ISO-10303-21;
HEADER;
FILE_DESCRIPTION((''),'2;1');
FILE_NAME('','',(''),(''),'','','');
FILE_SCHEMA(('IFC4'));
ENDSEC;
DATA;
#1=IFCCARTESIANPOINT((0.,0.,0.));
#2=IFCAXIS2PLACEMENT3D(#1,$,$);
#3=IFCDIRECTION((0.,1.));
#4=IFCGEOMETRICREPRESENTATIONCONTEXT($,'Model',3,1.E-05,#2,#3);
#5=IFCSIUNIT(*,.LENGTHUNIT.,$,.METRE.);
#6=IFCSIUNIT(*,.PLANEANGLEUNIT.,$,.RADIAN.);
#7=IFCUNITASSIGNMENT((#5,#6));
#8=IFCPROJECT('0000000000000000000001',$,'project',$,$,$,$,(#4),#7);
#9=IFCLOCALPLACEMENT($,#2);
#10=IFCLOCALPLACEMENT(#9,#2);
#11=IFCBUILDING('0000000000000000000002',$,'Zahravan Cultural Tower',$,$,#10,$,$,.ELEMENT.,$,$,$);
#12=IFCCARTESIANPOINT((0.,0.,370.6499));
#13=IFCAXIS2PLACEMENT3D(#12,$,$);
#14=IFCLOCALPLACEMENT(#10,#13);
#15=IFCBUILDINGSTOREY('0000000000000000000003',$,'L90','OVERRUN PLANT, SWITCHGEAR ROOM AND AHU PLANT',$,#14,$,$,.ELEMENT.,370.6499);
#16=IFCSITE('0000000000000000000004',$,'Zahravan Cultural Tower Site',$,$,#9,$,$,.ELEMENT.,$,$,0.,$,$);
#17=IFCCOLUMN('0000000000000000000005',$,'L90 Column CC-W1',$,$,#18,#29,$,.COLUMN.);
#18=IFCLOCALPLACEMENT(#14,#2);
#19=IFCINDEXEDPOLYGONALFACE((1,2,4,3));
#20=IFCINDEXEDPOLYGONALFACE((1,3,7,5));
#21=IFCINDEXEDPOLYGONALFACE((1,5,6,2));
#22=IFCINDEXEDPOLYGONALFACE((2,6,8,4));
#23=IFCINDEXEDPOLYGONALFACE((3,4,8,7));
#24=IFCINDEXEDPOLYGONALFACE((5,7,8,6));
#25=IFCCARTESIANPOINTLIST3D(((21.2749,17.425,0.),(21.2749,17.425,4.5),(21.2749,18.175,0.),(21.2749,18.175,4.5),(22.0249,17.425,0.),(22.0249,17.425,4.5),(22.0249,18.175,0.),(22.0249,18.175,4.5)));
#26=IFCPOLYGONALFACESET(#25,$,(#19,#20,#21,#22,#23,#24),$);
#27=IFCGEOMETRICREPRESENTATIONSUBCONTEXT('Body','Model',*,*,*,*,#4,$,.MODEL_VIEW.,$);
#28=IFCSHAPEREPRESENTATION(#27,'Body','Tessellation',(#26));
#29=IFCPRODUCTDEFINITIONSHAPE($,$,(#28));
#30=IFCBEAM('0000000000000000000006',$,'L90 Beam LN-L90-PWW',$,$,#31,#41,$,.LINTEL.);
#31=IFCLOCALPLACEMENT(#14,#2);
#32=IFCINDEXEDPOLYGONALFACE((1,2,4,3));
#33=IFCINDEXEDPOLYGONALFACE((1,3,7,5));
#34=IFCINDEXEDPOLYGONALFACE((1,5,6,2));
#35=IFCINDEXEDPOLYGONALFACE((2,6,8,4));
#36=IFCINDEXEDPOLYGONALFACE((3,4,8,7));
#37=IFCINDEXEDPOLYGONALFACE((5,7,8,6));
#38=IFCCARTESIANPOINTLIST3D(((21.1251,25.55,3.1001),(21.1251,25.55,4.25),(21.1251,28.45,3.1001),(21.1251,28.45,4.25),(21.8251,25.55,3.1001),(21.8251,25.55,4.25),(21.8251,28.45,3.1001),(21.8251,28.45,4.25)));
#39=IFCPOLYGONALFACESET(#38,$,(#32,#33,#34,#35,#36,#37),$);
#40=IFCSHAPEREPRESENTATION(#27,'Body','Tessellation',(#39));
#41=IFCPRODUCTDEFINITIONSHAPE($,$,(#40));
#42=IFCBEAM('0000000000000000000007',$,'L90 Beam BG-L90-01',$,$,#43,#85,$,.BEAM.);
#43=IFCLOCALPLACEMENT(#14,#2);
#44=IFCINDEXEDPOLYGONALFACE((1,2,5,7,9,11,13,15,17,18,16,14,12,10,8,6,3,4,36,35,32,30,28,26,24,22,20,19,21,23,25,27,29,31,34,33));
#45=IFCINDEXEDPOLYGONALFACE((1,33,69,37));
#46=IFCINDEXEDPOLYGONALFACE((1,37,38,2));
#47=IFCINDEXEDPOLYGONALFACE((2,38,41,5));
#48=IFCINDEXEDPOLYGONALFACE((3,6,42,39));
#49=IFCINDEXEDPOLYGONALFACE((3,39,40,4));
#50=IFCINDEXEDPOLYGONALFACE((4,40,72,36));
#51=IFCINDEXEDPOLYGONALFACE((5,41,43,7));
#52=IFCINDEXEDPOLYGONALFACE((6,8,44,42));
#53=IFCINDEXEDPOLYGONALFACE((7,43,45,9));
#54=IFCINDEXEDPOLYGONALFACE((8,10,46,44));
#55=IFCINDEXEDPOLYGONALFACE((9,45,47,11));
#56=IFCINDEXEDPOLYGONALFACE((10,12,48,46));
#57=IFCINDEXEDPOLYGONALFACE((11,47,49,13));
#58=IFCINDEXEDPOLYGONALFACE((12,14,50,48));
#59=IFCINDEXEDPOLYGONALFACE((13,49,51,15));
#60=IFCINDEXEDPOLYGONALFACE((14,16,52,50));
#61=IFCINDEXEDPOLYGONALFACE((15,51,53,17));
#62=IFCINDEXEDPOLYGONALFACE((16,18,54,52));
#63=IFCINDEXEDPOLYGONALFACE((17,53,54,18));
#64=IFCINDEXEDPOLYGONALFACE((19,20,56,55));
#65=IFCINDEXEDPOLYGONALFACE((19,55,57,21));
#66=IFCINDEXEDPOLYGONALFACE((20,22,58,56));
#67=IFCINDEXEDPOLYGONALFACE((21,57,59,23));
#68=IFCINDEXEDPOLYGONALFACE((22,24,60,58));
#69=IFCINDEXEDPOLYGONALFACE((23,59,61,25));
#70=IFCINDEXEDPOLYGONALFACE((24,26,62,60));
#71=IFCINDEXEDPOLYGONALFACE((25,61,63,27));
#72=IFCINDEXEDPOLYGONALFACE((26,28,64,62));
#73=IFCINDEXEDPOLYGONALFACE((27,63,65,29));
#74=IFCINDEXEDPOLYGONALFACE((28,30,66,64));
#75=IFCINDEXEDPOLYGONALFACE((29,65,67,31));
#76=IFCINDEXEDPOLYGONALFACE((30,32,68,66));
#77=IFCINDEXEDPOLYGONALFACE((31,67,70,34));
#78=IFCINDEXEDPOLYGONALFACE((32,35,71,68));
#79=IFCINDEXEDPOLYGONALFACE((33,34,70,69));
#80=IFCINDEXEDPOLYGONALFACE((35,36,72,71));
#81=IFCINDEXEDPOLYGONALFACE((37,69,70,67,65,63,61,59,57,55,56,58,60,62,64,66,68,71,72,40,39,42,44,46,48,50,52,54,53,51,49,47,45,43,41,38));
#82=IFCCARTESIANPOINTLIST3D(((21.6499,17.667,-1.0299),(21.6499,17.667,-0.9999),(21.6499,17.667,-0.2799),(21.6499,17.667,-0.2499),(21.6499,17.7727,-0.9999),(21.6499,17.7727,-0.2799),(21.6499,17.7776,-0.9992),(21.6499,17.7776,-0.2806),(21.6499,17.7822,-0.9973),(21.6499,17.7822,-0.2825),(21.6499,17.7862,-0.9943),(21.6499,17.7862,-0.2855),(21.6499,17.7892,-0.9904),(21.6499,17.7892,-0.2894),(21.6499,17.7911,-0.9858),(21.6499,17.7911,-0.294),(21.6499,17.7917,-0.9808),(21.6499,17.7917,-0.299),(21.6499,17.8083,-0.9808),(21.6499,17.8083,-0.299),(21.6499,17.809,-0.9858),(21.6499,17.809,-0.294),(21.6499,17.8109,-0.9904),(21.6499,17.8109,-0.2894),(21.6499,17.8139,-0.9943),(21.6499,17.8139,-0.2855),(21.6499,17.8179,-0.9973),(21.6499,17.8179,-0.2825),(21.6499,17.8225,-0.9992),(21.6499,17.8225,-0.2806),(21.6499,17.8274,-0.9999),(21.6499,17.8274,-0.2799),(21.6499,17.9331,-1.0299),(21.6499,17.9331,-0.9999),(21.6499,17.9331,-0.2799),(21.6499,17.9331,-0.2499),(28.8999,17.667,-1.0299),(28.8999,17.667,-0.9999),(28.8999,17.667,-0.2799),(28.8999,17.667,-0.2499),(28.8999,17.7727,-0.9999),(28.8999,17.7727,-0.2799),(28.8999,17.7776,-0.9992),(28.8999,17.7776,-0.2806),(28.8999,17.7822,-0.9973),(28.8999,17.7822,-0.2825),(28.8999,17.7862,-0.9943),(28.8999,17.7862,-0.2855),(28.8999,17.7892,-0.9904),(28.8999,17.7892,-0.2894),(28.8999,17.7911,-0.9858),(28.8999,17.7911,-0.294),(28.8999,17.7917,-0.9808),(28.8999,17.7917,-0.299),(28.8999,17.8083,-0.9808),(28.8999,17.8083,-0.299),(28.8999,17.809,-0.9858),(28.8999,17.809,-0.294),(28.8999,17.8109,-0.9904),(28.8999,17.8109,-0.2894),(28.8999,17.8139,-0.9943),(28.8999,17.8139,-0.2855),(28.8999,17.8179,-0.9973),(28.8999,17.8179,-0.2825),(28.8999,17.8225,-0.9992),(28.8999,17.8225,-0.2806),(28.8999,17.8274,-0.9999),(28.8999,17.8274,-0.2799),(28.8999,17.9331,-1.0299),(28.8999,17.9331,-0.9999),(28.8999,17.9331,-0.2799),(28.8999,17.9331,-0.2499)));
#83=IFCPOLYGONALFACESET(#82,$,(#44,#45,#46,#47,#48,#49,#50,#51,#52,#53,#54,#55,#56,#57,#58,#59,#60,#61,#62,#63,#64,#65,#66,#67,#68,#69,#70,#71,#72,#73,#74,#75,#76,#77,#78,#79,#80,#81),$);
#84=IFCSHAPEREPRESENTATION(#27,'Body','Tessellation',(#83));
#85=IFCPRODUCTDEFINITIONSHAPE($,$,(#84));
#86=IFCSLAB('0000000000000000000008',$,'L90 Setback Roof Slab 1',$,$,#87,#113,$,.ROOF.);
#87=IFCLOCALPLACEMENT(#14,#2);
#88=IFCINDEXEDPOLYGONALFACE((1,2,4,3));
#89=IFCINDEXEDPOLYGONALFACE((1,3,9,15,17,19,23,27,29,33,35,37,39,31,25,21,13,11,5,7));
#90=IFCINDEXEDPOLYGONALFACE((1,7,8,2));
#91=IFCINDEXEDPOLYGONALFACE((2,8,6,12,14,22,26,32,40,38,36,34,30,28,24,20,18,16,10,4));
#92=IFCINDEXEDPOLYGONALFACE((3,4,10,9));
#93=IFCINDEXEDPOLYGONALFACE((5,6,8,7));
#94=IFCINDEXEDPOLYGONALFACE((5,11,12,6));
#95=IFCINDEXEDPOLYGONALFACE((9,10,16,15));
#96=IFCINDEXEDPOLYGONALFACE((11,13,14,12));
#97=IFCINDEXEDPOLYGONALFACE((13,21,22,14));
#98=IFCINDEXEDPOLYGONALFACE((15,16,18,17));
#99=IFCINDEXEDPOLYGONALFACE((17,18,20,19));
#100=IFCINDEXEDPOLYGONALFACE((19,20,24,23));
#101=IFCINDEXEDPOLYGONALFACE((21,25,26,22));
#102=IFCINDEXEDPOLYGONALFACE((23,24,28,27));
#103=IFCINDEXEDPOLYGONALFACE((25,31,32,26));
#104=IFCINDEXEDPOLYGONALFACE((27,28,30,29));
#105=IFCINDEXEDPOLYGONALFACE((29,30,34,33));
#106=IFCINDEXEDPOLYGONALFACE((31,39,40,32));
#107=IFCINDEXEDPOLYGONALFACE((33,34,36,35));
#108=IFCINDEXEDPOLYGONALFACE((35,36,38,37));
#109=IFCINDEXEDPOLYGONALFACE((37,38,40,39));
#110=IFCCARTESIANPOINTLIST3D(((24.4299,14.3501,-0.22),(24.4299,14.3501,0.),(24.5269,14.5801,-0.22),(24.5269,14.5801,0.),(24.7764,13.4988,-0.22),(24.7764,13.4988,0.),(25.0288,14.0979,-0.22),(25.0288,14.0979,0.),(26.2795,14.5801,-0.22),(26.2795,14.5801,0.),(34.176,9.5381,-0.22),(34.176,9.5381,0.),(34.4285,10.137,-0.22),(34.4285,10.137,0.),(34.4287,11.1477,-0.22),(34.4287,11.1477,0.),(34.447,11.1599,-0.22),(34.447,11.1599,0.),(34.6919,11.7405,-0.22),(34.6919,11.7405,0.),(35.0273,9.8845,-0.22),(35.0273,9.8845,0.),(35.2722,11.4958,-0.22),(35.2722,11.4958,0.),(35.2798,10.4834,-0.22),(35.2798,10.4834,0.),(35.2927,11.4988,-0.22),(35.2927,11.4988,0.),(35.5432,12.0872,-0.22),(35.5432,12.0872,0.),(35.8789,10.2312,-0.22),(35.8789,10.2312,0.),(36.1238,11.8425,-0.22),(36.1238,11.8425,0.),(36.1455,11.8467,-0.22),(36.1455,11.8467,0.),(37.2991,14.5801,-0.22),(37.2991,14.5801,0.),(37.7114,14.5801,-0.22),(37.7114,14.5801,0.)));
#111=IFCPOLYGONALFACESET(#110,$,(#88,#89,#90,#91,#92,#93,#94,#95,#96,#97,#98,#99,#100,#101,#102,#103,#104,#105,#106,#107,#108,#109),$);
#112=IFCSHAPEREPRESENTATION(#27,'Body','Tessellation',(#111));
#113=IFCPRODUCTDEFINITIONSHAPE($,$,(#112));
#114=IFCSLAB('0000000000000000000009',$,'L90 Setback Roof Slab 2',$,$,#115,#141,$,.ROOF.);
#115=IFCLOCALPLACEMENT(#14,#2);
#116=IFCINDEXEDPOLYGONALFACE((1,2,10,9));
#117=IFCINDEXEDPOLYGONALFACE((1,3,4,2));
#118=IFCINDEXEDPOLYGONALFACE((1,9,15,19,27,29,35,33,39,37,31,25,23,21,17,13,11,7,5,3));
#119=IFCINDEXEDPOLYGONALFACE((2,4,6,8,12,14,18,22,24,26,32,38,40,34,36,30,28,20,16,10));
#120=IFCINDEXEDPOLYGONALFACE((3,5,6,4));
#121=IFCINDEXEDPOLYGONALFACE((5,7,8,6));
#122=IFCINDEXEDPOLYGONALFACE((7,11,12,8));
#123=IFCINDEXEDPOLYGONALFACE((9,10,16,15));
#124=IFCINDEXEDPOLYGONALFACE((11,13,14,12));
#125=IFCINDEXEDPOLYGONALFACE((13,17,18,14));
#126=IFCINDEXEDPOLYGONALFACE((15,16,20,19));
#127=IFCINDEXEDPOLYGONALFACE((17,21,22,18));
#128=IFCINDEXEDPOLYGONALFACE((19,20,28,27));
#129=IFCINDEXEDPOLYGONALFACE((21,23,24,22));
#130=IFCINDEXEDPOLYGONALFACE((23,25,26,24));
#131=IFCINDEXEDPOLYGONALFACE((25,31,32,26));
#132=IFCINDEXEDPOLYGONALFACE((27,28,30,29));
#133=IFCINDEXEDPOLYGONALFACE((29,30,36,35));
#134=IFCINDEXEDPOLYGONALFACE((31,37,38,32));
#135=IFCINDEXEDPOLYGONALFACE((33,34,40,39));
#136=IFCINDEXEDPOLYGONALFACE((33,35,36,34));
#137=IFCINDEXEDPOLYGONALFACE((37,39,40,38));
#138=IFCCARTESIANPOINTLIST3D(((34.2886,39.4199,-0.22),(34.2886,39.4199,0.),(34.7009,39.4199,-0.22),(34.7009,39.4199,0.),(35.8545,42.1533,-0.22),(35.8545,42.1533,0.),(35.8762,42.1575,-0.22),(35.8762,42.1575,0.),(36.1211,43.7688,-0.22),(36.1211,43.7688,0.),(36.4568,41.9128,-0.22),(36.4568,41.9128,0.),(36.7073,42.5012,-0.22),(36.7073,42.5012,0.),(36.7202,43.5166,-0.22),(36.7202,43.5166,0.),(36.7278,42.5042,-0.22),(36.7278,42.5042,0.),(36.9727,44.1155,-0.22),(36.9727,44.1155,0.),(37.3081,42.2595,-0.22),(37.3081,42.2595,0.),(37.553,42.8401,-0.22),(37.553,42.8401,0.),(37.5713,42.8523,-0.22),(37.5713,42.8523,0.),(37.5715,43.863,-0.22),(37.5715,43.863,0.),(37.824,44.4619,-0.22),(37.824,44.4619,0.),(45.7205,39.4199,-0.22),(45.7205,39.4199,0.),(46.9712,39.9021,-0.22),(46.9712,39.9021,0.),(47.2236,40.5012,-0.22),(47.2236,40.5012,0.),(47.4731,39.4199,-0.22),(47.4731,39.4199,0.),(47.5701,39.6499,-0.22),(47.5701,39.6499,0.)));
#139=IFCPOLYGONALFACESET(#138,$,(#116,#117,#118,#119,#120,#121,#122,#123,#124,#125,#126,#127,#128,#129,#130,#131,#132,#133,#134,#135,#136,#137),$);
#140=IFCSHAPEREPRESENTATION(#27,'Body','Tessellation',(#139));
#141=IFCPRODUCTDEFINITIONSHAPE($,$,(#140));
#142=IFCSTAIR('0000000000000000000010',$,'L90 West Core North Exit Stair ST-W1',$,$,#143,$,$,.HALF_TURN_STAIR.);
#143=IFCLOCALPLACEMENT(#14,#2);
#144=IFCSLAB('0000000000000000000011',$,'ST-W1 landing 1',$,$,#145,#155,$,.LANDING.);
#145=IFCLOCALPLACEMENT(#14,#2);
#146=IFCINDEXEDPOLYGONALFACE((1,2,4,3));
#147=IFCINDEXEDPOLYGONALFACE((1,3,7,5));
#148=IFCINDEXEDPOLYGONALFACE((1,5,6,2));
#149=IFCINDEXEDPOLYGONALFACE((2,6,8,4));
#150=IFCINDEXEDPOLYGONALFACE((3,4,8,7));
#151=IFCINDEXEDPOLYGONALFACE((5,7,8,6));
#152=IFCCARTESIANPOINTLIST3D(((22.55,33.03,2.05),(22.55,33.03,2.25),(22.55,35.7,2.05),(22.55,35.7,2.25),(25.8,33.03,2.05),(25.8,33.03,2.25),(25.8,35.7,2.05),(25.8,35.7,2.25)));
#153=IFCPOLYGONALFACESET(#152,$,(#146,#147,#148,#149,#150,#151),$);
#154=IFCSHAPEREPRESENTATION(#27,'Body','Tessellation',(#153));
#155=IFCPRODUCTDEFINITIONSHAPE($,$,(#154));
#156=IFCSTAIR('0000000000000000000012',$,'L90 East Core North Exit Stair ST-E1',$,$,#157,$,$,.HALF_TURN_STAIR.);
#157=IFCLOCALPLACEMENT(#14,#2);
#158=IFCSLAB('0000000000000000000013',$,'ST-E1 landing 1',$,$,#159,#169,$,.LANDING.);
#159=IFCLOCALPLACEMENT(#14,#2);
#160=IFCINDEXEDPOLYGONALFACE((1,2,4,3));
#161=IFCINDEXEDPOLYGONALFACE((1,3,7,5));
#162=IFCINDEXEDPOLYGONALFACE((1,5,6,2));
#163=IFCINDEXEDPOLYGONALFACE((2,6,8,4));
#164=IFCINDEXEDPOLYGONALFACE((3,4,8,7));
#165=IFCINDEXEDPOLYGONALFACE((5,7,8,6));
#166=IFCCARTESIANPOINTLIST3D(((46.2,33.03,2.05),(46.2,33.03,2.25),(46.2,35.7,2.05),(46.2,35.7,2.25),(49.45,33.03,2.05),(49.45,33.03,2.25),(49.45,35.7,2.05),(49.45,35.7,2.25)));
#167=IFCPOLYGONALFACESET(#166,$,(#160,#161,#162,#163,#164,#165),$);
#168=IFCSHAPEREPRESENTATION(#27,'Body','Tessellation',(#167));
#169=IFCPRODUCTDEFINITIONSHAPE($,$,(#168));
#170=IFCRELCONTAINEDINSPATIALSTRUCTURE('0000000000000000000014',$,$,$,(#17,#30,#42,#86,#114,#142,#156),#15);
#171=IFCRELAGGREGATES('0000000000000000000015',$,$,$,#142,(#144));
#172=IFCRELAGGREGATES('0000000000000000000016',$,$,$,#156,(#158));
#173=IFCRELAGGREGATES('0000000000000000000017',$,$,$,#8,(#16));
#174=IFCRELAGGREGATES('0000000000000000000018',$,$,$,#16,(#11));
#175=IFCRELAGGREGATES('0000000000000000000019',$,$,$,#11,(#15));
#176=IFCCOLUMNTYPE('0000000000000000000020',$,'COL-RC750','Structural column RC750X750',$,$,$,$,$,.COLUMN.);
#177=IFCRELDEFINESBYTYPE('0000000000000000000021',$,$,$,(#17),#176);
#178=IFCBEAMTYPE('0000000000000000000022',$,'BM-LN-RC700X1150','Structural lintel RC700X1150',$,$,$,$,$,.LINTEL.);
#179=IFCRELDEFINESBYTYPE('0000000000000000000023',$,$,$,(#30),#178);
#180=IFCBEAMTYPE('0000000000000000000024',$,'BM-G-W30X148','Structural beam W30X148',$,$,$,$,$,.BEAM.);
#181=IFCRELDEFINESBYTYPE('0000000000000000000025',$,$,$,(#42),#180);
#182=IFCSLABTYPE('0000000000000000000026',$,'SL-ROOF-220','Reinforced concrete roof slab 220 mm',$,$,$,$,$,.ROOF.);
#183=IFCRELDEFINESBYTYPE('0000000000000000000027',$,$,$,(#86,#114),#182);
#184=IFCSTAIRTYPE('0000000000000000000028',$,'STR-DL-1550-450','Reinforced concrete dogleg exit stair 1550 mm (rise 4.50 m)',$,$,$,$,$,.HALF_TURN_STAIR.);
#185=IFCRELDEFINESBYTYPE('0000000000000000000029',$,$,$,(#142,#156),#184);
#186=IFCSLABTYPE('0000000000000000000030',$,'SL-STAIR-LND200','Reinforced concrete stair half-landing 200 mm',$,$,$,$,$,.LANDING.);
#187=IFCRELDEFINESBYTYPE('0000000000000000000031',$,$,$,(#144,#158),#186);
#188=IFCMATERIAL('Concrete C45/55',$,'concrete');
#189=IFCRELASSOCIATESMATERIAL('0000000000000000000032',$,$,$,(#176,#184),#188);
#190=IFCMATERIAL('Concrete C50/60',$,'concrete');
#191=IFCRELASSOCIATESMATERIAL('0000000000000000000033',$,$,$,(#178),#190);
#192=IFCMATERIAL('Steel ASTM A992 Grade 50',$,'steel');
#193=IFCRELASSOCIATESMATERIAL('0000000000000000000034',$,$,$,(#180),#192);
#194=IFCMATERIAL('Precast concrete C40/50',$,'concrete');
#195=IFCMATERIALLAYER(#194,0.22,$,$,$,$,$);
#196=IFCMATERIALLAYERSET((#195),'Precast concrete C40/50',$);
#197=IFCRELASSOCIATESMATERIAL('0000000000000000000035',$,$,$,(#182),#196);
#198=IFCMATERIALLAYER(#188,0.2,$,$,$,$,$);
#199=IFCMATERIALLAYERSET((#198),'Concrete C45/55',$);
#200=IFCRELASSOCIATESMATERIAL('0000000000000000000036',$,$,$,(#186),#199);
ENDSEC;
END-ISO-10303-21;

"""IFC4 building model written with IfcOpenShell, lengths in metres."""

from ifc_helpers import new_model, si_unit, direction, frame, origin, origin_2d, place, context, subcontext, project, spatial, polyline, rectangle, i_section, outline, extrude, source, transform, mapped, material, layer, layer_set, material_profile, profile_set, type_object, element, aggregate, save


model = new_model("IFC4")

# Units and contexts
model_context = context("Model", 3, precision=1e-05, world=origin(), true_north=direction((0.0, 1.0)))
body_context = subcontext(model_context, "Body", "Model", "MODEL_VIEW")
ifc_project = project(units=[si_unit("LENGTHUNIT", "METRE"), si_unit("PLANEANGLEUNIT", "RADIAN")], contexts=[model_context])

# Site, building, storey
site_placement = place(None, origin())
site = spatial("IfcSite", under=ifc_project, at=site_placement, Name="Zahravan Cultural Tower Site", CompositionType="ELEMENT", RefElevation=0.0)
building_placement = place(site_placement, origin())
building = spatial("IfcBuilding", under=site, at=building_placement, Name="Zahravan Cultural Tower", CompositionType="ELEMENT")
storey_placement = place(building_placement, frame((0.0, 0.0, 370.6499)))
storey = spatial("IfcBuildingStorey", under=building, at=storey_placement, Name="L90", Description="OVERRUN PLANT, SWITCHGEAR ROOM AND AHU PLANT", CompositionType="ELEMENT", Elevation=370.6499)

# Column
ifc_material_1 = material(Name="Concrete C45/55", Category="concrete")
ifc_material_profile_1 = material_profile(ifc_material_1, rectangle(XDim=0.75, YDim=0.75, at=origin_2d()), Name="RC750X750")
ifc_profile_set_1 = profile_set([ifc_material_profile_1], Name="Concrete C45/55")
column_type = type_object("IfcColumnType", Name="COL-RC750", Description="Structural column RC750X750", PredefinedType="COLUMN", material=ifc_profile_set_1)
shared_shape_1 = source(origin(), body_context, "Body", "SweptSolid", [
    extrude(rectangle(XDim=0.75, YDim=0.75, at=origin_2d()), origin(), (0.0, 0.0, 1.0), 4.5),
])
column_placement = place(storey_placement, frame((21.6499, 17.8, 0.0), z_axis=(0.0, 0.0, 1.0), x_axis=(1.0, 0.0, 0.0)))
element("IfcColumn", 1, at=column_placement, inside=storey, type_object=column_type, Name="L90 Column CC-W1", PredefinedType="COLUMN", context=body_context, shape_type="MappedRepresentation", body=[
    mapped(shared_shape_1, transform((0.0, 0.0, 0.0), x_axis=(1.0, 0.0, 0.0), y_axis=(0.0, 1.0, 0.0), z_axis=(0.0, 0.0, 1.0), scale=1.0)),
])

# Beams
ifc_material_2 = material(Name="Concrete C50/60", Category="concrete")
ifc_material_profile_2 = material_profile(ifc_material_2, rectangle(XDim=0.7, YDim=1.1499, at=origin_2d()), Name="RC700X1150")
ifc_profile_set_2 = profile_set([ifc_material_profile_2], Name="Concrete C50/60")
beam_type_1 = type_object("IfcBeamType", Name="BM-LN-RC700X1150", Description="Structural lintel RC700X1150", PredefinedType="LINTEL", material=ifc_profile_set_2)
shared_shape_2 = source(origin(), body_context, "Body", "SweptSolid", [
    extrude(rectangle(XDim=0.7, YDim=1.1499, at=origin_2d()), origin(), (0.0, 0.0, 1.0), 2.8999),
])
beam_1_placement = place(storey_placement, frame((21.4751, 25.55, 3.675), z_axis=(0.0, 1.0, 0.0), x_axis=(-1.0, 0.0, 0.0)))
element("IfcBeam", 2, at=beam_1_placement, inside=storey, type_object=beam_type_1, Name="L90 Beam LN-L90-PWW", PredefinedType="LINTEL", context=body_context, shape_type="MappedRepresentation", body=[
    mapped(shared_shape_2, transform((0.0, 0.0, 0.0), x_axis=(1.0, 0.0, 0.0), y_axis=(0.0, 1.0, 0.0), z_axis=(0.0, 0.0, 1.0), scale=1.0)),
])
ifc_material_3 = material(Name="Steel ASTM A992 Grade 50", Category="steel")
ifc_material_profile_3 = material_profile(ifc_material_3, i_section(OverallWidth=0.2661, OverallDepth=0.78, WebThickness=0.0166, FlangeThickness=0.03, FilletRadius=0.019, at=origin_2d()), Name="W30X148")
ifc_profile_set_3 = profile_set([ifc_material_profile_3], Name="Steel ASTM A992 Grade 50")
beam_type_2 = type_object("IfcBeamType", Name="BM-G-W30X148", Description="Structural beam W30X148", PredefinedType="BEAM", material=ifc_profile_set_3)
shared_shape_3 = source(origin(), body_context, "Body", "SweptSolid", [
    extrude(i_section(OverallWidth=0.2661, OverallDepth=0.78, WebThickness=0.0166, FlangeThickness=0.03, FilletRadius=0.019, at=origin_2d()), origin(), (0.0, 0.0, 1.0), 7.25),
])
beam_2_placement = place(storey_placement, frame((21.6499, 17.8, -0.6399), z_axis=(1.0, 0.0, 0.0), x_axis=(0.0, 1.0, 0.0)))
element("IfcBeam", 3, at=beam_2_placement, inside=storey, type_object=beam_type_2, Name="L90 Beam BG-L90-01", PredefinedType="BEAM", context=body_context, shape_type="MappedRepresentation", body=[
    mapped(shared_shape_3, transform((0.0, 0.0, 0.0), x_axis=(1.0, 0.0, 0.0), y_axis=(0.0, 1.0, 0.0), z_axis=(0.0, 0.0, 1.0), scale=1.0)),
])

# Slabs
ifc_material_4 = material(Name="Precast concrete C40/50", Category="concrete")
ifc_layer_1 = layer(ifc_material_4, 0.22)
ifc_layer_set_1 = layer_set([ifc_layer_1], Name="Precast concrete C40/50")
slab_type_1 = type_object("IfcSlabType", Name="SL-ROOF-220", Description="Reinforced concrete roof slab 220 mm", PredefinedType="ROOF", material=ifc_layer_set_1)
slab_1_placement = place(storey_placement, frame((0.0, 0.0, -0.22)))
element("IfcSlab", 4, at=slab_1_placement, inside=storey, type_object=slab_type_1, Name="L90 Setback Roof Slab 1", PredefinedType="ROOF", context=body_context, shape_type="SweptSolid", body=[
    extrude(outline(polyline([(35.2798, 10.4834), (35.8789, 10.2312), (37.7114, 14.5801), (37.2991, 14.5801), (36.1455, 11.8467), (36.1238, 11.8425), (35.5432, 12.0872), (35.2927, 11.4988), (35.2722, 11.4958), (34.6919, 11.7405), (34.447, 11.1599), (34.4287, 11.1477), (26.2795, 14.5801), (24.5269, 14.5801), (24.4299, 14.3501), (25.0288, 14.0979), (24.7764, 13.4988), (34.176, 9.5381), (34.4285, 10.137), (35.0273, 9.8845), (35.2798, 10.4834)])), origin(), (0.0, 0.0, 1.0), 0.22),
])
slab_2_placement = place(storey_placement, frame((0.0, 0.0, -0.22)))
element("IfcSlab", 5, at=slab_2_placement, inside=storey, type_object=slab_type_1, Name="L90 Setback Roof Slab 2", PredefinedType="ROOF", context=body_context, shape_type="SweptSolid", body=[
    extrude(outline(polyline([(36.7202, 43.5166), (36.1211, 43.7688), (34.2886, 39.4199), (34.7009, 39.4199), (35.8545, 42.1533), (35.8762, 42.1575), (36.4568, 41.9128), (36.7073, 42.5012), (36.7278, 42.5042), (37.3081, 42.2595), (37.553, 42.8401), (37.5713, 42.8523), (45.7205, 39.4199), (47.4731, 39.4199), (47.5701, 39.6499), (46.9712, 39.9021), (47.2236, 40.5012), (37.824, 44.4619), (37.5715, 43.863), (36.9727, 44.1155), (36.7202, 43.5166)])), origin(), (0.0, 0.0, 1.0), 0.22),
])

# Stairs, slabs
stair_type = type_object("IfcStairType", Name="STR-DL-1550-450", Description="Reinforced concrete dogleg exit stair 1550 mm (rise 4.50 m)", PredefinedType="HALF_TURN_STAIR", material=ifc_material_1)
stair_1_placement = place(storey_placement, origin())
stair_1 = element("IfcStair", 6, at=stair_1_placement, inside=storey, type_object=stair_type, Name="L90 West Core North Exit Stair ST-W1", PredefinedType="HALF_TURN_STAIR")
ifc_layer_2 = layer(ifc_material_1, 0.2)
ifc_layer_set_2 = layer_set([ifc_layer_2], Name="Concrete C45/55")
slab_type_2 = type_object("IfcSlabType", Name="SL-STAIR-LND200", Description="Reinforced concrete stair half-landing 200 mm", PredefinedType="LANDING", material=ifc_layer_set_2)
slab_3_placement = place(storey_placement, frame((0.0, 0.0, 2.05)))
slab_3 = element("IfcSlab", 7, at=slab_3_placement, type_object=slab_type_2, Name="ST-W1 landing 1", PredefinedType="LANDING", context=body_context, shape_type="SweptSolid", body=[
    extrude(outline(polyline([(25.8, 33.03), (25.8, 35.7), (22.55, 35.7), (22.55, 33.03), (25.8, 33.03)])), origin(), (0.0, 0.0, 1.0), 0.2),
])
aggregate(stair_1, [slab_3])
stair_2_placement = place(storey_placement, origin())
stair_2 = element("IfcStair", 8, at=stair_2_placement, inside=storey, type_object=stair_type, Name="L90 East Core North Exit Stair ST-E1", PredefinedType="HALF_TURN_STAIR")
slab_4_placement = place(storey_placement, frame((0.0, 0.0, 2.05)))
slab_4 = element("IfcSlab", 9, at=slab_4_placement, type_object=slab_type_2, Name="ST-E1 landing 1", PredefinedType="LANDING", context=body_context, shape_type="SweptSolid", body=[
    extrude(outline(polyline([(49.45, 33.03), (49.45, 35.7), (46.2, 35.7), (46.2, 33.03), (49.45, 33.03)])), origin(), (0.0, 0.0, 1.0), 0.2),
])
aggregate(stair_2, [slab_4])

save(model, "model.ifc")
